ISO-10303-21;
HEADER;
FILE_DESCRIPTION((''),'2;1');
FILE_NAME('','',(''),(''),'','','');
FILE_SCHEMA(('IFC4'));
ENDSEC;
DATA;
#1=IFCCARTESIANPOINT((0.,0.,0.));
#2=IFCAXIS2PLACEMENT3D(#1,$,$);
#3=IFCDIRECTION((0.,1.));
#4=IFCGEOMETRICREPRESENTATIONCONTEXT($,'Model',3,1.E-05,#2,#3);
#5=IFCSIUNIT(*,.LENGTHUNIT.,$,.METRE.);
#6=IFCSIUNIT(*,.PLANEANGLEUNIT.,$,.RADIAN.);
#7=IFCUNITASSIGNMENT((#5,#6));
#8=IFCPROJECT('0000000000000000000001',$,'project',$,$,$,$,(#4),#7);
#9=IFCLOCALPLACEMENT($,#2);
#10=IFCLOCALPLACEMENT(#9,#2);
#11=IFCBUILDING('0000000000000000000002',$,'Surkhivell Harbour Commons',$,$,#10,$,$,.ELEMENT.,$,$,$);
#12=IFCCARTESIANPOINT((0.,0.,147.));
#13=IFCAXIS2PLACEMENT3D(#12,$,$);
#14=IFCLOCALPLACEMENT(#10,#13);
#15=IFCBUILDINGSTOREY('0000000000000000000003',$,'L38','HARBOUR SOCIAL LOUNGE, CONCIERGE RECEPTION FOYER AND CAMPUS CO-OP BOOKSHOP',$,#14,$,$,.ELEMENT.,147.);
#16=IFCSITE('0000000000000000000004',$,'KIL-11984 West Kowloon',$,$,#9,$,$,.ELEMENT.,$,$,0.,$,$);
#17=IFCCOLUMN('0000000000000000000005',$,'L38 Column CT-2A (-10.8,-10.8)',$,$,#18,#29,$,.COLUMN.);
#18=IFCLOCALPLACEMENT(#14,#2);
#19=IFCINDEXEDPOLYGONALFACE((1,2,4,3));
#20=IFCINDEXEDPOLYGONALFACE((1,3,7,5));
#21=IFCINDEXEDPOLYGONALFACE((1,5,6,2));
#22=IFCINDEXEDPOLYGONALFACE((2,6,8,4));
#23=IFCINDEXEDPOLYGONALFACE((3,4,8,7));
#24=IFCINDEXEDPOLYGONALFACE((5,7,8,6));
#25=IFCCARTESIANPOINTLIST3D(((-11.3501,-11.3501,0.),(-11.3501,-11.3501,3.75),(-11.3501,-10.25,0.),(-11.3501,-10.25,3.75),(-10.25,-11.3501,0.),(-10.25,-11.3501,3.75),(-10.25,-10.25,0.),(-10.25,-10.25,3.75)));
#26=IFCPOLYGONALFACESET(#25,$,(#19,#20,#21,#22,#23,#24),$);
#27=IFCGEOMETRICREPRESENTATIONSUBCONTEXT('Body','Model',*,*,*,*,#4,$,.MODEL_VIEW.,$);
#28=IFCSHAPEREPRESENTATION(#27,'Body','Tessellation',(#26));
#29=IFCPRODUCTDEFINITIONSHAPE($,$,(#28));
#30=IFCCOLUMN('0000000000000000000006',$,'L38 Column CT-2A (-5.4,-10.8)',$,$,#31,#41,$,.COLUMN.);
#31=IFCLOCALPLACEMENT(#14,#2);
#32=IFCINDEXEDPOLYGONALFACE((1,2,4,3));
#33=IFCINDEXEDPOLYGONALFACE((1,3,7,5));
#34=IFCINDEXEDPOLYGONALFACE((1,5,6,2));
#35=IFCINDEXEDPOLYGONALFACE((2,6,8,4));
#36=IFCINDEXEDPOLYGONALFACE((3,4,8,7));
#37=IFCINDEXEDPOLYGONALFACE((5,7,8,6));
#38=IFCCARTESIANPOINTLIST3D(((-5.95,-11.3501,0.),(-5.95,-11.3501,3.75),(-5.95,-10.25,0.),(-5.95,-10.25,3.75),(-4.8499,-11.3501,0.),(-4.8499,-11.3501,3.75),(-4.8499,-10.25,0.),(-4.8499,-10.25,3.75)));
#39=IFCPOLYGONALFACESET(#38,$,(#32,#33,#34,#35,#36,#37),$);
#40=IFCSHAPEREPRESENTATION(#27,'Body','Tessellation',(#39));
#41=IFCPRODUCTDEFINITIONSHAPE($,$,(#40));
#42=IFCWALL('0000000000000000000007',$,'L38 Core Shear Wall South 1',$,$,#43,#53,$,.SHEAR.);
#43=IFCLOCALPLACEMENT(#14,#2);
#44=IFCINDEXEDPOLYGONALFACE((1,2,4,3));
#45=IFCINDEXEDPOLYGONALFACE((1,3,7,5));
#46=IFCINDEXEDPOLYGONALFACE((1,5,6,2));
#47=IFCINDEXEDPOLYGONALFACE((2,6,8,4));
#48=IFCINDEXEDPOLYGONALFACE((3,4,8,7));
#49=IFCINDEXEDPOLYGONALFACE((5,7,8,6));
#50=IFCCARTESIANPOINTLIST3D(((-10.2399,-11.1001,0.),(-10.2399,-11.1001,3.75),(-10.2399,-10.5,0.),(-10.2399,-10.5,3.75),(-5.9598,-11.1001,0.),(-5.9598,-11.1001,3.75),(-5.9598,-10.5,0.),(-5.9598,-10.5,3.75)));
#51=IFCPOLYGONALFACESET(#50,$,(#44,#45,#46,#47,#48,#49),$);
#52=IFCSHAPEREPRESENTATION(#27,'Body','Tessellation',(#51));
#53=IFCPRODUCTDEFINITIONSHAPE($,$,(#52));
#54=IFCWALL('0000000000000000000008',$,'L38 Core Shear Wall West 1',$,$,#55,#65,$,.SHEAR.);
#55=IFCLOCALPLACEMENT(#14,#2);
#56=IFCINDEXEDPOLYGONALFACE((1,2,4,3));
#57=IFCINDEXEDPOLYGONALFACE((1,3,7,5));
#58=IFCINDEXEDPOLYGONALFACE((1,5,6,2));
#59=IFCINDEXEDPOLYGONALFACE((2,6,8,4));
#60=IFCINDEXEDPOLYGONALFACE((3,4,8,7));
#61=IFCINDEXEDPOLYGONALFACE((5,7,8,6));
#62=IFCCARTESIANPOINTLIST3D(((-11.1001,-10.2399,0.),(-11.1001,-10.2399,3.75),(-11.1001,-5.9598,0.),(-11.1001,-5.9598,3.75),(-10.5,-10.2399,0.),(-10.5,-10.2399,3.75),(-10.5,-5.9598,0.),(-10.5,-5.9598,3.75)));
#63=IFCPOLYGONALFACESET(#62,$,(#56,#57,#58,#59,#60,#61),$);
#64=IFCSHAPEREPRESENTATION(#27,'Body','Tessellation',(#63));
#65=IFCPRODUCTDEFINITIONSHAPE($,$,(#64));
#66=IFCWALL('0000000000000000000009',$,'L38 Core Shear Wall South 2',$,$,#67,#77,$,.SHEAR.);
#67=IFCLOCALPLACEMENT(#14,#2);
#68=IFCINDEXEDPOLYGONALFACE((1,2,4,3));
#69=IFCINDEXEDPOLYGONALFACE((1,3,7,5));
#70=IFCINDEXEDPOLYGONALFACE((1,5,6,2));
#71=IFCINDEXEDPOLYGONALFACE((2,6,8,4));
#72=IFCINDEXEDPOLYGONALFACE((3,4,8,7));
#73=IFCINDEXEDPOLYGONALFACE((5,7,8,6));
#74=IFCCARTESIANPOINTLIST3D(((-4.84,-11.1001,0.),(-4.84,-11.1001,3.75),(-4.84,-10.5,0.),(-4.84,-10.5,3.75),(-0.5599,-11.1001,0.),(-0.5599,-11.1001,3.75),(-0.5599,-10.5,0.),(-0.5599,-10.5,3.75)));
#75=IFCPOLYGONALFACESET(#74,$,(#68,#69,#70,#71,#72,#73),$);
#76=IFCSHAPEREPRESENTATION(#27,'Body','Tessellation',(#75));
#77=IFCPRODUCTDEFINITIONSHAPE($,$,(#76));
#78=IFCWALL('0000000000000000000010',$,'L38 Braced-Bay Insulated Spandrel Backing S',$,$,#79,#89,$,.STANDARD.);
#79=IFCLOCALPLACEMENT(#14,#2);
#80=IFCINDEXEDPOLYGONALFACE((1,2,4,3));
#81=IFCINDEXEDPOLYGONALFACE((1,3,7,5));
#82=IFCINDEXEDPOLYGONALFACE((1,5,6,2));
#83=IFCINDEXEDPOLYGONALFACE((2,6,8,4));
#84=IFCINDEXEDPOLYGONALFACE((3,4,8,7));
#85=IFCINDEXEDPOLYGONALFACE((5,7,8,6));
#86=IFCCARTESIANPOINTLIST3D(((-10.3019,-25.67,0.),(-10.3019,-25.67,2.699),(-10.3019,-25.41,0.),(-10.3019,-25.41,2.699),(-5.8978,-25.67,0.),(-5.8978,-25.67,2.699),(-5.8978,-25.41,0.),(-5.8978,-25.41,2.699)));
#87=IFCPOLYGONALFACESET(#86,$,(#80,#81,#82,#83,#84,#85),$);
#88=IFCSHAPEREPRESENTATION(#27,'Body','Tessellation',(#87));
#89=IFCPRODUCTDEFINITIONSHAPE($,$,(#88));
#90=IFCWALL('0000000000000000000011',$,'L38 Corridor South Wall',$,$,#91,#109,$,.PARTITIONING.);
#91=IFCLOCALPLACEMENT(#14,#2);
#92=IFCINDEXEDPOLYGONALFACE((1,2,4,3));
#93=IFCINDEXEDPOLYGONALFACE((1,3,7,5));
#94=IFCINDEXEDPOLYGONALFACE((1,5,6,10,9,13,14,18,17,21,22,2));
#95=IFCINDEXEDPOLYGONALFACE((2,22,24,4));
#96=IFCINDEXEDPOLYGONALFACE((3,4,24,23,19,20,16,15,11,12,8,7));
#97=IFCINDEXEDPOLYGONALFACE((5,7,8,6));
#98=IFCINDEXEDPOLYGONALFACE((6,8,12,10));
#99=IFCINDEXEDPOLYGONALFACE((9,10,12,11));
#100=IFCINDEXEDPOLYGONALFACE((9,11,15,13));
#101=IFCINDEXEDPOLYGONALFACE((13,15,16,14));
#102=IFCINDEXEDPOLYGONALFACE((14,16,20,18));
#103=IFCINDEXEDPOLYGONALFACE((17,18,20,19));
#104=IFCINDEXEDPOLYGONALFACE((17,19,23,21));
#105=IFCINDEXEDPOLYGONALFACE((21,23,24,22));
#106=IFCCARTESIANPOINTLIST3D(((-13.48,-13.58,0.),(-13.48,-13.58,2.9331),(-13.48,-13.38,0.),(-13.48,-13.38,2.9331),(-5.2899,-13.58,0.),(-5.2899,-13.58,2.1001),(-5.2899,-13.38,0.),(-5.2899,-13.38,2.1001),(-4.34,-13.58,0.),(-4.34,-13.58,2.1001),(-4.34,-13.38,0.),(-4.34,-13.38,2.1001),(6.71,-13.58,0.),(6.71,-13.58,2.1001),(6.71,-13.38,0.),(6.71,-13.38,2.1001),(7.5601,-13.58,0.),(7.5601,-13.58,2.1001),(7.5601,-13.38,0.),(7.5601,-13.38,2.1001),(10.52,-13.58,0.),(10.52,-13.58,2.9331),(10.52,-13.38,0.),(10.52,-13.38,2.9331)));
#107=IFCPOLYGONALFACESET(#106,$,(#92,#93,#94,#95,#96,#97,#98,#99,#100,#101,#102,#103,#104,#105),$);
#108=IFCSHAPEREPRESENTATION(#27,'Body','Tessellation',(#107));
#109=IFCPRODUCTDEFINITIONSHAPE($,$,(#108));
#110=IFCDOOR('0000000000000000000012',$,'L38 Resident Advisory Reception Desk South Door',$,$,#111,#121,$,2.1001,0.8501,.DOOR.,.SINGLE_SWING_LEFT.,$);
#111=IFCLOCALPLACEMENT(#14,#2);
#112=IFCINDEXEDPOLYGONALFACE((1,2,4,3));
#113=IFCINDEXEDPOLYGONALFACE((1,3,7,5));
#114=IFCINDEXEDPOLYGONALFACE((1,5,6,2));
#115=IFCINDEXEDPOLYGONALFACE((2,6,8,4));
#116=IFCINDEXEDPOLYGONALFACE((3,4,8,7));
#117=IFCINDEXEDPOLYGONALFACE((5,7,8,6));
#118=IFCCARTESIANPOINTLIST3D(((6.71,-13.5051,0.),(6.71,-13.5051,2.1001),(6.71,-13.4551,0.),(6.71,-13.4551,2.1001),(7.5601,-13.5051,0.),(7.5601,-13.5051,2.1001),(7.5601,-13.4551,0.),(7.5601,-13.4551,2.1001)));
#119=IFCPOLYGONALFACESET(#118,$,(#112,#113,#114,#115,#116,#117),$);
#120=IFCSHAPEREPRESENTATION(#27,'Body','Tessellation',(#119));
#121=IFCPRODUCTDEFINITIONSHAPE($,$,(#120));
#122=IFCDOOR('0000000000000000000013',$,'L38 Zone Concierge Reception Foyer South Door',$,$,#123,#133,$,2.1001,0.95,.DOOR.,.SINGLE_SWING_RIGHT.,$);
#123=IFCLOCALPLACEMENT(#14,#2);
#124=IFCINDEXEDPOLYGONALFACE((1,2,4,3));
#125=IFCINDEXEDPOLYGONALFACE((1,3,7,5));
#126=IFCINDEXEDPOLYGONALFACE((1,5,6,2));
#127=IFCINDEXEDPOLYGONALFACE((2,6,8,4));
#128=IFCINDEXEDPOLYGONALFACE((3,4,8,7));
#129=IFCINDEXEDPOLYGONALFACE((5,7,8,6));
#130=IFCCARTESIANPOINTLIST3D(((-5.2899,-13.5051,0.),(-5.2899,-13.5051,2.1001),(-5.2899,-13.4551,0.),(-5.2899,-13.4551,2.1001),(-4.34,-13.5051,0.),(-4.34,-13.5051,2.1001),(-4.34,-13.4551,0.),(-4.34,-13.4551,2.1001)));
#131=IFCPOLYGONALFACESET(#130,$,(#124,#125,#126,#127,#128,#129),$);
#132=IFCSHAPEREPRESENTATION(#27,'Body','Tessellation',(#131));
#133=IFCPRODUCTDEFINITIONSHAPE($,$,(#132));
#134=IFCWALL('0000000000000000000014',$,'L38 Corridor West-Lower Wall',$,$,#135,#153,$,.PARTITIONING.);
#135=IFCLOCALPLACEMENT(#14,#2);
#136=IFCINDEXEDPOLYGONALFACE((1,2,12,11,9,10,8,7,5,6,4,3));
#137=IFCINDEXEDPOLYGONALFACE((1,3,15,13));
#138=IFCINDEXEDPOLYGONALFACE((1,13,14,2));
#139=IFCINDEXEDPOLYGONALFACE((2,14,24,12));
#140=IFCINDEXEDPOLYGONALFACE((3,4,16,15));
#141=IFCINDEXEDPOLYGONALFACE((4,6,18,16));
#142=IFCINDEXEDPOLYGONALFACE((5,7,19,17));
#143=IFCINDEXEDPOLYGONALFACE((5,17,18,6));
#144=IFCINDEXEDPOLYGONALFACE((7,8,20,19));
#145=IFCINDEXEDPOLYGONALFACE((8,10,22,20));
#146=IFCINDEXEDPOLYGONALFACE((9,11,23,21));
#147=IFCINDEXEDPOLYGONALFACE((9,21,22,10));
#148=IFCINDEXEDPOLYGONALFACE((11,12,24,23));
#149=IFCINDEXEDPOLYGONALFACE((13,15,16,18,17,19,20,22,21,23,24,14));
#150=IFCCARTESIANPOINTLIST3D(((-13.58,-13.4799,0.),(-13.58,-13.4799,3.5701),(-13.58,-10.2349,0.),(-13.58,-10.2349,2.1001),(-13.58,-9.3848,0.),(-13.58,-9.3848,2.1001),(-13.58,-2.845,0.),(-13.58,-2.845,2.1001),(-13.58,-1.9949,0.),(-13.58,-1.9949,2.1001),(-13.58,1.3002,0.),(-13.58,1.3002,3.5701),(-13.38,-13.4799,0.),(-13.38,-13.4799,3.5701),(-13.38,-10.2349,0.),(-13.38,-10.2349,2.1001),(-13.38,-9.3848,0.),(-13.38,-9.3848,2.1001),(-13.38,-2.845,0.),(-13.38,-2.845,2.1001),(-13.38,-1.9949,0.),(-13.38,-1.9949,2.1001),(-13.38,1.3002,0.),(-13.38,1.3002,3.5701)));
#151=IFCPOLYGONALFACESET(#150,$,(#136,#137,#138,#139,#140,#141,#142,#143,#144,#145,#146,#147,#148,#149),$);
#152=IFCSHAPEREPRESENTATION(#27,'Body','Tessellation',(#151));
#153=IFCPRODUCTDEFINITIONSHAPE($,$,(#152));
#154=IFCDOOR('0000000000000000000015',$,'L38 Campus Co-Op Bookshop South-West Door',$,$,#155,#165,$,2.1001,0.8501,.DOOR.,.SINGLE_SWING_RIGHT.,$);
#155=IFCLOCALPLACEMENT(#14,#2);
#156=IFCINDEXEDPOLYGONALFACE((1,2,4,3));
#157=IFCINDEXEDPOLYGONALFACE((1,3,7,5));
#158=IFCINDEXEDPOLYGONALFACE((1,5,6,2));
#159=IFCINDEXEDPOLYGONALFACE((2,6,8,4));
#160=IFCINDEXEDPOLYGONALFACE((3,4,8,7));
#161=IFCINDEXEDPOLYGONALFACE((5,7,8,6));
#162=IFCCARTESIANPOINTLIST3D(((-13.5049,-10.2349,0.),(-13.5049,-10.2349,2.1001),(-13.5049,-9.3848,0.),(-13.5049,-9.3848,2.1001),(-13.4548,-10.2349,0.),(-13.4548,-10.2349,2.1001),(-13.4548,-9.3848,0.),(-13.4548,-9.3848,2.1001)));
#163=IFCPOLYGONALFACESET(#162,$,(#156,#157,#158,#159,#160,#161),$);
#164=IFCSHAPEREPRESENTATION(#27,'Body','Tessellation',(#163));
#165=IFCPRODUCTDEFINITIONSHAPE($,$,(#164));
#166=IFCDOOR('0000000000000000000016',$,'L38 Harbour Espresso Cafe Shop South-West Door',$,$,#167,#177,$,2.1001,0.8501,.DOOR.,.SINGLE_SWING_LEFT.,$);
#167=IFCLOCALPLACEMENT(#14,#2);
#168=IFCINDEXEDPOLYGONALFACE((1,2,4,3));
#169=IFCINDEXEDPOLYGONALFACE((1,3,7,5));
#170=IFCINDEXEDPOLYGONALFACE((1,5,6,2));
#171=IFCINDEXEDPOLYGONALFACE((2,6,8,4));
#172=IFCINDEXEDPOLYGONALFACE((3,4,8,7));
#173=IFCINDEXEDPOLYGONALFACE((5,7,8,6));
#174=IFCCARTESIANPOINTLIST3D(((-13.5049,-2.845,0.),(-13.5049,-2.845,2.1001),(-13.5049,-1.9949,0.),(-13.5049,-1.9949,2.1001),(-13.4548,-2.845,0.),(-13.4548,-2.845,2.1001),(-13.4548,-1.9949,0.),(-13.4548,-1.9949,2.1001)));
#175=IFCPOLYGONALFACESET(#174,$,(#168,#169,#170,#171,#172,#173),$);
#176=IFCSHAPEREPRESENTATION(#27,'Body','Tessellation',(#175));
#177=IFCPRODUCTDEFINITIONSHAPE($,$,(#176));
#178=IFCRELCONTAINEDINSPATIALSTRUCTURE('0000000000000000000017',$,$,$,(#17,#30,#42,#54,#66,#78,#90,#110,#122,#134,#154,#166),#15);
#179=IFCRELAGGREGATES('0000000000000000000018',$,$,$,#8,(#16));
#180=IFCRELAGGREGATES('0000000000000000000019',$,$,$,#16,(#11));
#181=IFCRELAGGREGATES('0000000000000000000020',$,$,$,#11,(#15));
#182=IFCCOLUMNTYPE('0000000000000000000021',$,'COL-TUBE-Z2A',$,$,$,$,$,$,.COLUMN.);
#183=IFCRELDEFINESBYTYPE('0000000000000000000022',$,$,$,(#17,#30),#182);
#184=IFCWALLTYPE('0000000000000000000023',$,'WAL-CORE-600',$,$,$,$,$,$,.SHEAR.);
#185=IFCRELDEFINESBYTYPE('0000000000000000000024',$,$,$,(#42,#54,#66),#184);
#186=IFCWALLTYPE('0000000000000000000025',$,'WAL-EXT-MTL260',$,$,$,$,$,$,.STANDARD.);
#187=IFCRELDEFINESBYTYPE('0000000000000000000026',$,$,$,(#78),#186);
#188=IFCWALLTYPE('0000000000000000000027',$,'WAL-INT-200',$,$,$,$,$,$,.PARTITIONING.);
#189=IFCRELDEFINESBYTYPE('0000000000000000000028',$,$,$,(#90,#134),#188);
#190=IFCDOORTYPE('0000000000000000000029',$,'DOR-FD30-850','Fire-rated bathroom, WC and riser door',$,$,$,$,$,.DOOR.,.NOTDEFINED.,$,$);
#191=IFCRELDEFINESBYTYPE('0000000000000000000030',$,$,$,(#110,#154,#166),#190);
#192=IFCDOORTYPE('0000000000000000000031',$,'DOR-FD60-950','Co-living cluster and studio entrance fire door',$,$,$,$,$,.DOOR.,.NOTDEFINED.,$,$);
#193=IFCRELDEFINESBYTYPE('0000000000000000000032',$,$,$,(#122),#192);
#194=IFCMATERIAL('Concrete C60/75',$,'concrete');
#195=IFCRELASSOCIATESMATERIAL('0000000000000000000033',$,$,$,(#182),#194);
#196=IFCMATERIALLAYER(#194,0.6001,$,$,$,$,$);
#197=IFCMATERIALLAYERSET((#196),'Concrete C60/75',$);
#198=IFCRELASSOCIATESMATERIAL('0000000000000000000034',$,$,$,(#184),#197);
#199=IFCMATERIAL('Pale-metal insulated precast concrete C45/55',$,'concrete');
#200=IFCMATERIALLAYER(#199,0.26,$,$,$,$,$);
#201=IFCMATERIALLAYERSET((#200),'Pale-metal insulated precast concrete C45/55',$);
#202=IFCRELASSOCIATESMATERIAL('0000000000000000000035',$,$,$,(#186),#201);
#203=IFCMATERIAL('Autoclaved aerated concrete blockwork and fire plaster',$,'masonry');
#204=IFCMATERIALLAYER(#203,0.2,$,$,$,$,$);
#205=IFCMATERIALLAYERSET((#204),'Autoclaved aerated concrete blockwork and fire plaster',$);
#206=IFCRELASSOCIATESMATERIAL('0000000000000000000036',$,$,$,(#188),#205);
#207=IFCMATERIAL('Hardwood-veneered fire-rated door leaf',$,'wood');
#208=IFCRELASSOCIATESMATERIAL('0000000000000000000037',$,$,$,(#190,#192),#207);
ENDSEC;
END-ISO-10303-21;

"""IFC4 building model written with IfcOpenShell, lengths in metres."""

from ifc_helpers import new_model, si_unit, direction, frame, frame_2d, origin, origin_2d, place, context, subcontext, project, spatial, rectangle, extrude, material, layer, layer_set, material_profile, profile_set, type_object, element, fill, save


model = new_model("IFC4")

# Units and contexts
model_context = context("Model", 3, precision=1e-05, world=origin(), true_north=direction((0.0, 1.0)))
body_context = subcontext(model_context, "Body", "Model", "MODEL_VIEW")
ifc_project = project(units=[si_unit("LENGTHUNIT", "METRE"), si_unit("PLANEANGLEUNIT", "RADIAN")], contexts=[model_context])

# Site, building, storey
site_placement = place(None, origin())
site = spatial("IfcSite", under=ifc_project, at=site_placement, Name="KIL-11984 West Kowloon", CompositionType="ELEMENT", RefElevation=0.0)
building_placement = place(site_placement, origin())
building = spatial("IfcBuilding", under=site, at=building_placement, Name="Surkhivell Harbour Commons", CompositionType="ELEMENT")
storey_placement = place(building_placement, frame((0.0, 0.0, 147.0)))
storey = spatial("IfcBuildingStorey", under=building, at=storey_placement, Name="L38", Description="HARBOUR SOCIAL LOUNGE, CONCIERGE RECEPTION FOYER AND CAMPUS CO-OP BOOKSHOP", CompositionType="ELEMENT", Elevation=147.0)

# Columns
ifc_material_1 = material(Name="Concrete C60/75", Category="concrete")
ifc_material_profile = material_profile(ifc_material_1, rectangle(XDim=1.1001, YDim=1.1001, at=origin_2d()), Name="RC-COL-1100x1100")
ifc_profile_set = profile_set([ifc_material_profile], Name="Concrete C60/75")
column_type = type_object("IfcColumnType", Name="COL-TUBE-Z2A", PredefinedType="COLUMN", material=ifc_profile_set)
for number, where, z_axis, x_axis, name in (
    (1, (-10.8, -10.8, 0.0), (0.0, 0.0, 1.0), (1.0, 0.0, 0.0), "L38 Column CT-2A (-10.8,-10.8)"),
    (2, (-5.3999, -10.8, 0.0), (0.0, 0.0, 1.0), (1.0, 0.0, 0.0), "L38 Column CT-2A (-5.4,-10.8)"),
):
    element("IfcColumn", number, at=place(storey_placement, frame(where, z_axis=z_axis, x_axis=x_axis)), inside=storey, type_object=column_type, Name=name, PredefinedType="COLUMN", context=body_context, shape_type="SweptSolid", body=[
        extrude(rectangle(XDim=1.1001, YDim=1.1001, at=origin_2d()), origin(), (0.0, 0.0, 1.0), 3.75),
    ])

# Walls
ifc_layer_1 = layer(ifc_material_1, 0.6001)
ifc_layer_set_1 = layer_set([ifc_layer_1], Name="Concrete C60/75")
wall_type_1 = type_object("IfcWallType", Name="WAL-CORE-600", PredefinedType="SHEAR", material=ifc_layer_set_1)
for number, where, z_axis, x_axis, name in (
    (3, (-10.24, -10.8, 0.0), (0.0, 0.0, 1.0), (1.0, 0.0, 0.0), "L38 Core Shear Wall South 1"),
    (4, (-10.8, -10.24, 0.0), (0.0, 0.0, 1.0), (0.0, 1.0, 0.0), "L38 Core Shear Wall West 1"),
    (5, (-4.8401, -10.8, 0.0), (0.0, 0.0, 1.0), (1.0, 0.0, 0.0), "L38 Core Shear Wall South 2"),
):
    element("IfcWall", number, at=place(storey_placement, frame(where, z_axis=z_axis, x_axis=x_axis)), inside=storey, type_object=wall_type_1, Name=name, PredefinedType="SHEAR", context=body_context, shape_type="SweptSolid", body=[
        extrude(rectangle(XDim=4.28, YDim=0.6001, at=frame_2d((2.1401, 0.0))), origin(), (0.0, 0.0, 1.0), 3.75),
    ])
ifc_material_2 = material(Name="Pale-metal insulated precast concrete C45/55", Category="concrete")
ifc_layer_2 = layer(ifc_material_2, 0.26)
ifc_layer_set_2 = layer_set([ifc_layer_2], Name="Pale-metal insulated precast concrete C45/55")
wall_type_2 = type_object("IfcWallType", Name="WAL-EXT-MTL260", PredefinedType="STANDARD", material=ifc_layer_set_2)
wall_1_placement = place(storey_placement, frame((-10.302, -25.54, 0.0), z_axis=(0.0, 0.0, 1.0), x_axis=(1.0, 0.0, 0.0)))
element("IfcWall", 6, at=wall_1_placement, inside=storey, type_object=wall_type_2, Name="L38 Braced-Bay Insulated Spandrel Backing S", PredefinedType="STANDARD", context=body_context, shape_type="SweptSolid", body=[
    extrude(rectangle(XDim=4.4041, YDim=0.26, at=frame_2d((2.2021, 0.0))), origin(), (0.0, 0.0, 1.0), 2.699),
])

# Walls, openings, doors
ifc_material_3 = material(Name="Autoclaved aerated concrete blockwork and fire plaster", Category="masonry")
ifc_layer_3 = layer(ifc_material_3, 0.2)
ifc_layer_set_3 = layer_set([ifc_layer_3], Name="Autoclaved aerated concrete blockwork and fire plaster")
wall_type_3 = type_object("IfcWallType", Name="WAL-INT-200", PredefinedType="PARTITIONING", material=ifc_layer_set_3)
wall_2_placement = place(storey_placement, frame((-13.48, -13.48, 0.0), z_axis=(0.0, 0.0, 1.0), x_axis=(1.0, 0.0, 0.0)))
wall_2 = element("IfcWall", 7, at=wall_2_placement, inside=storey, type_object=wall_type_3, Name="L38 Corridor South Wall", PredefinedType="PARTITIONING", context=body_context, shape_type="SweptSolid", body=[
    extrude(rectangle(XDim=24.0, YDim=0.2, at=frame_2d((12.0, 0.0))), origin(), (0.0, 0.0, 1.0), 2.9331),
])
opening_1_placement = place(wall_2_placement, frame((8.1899, 0.0, 0.0)))
opening_1 = element("IfcOpeningElement", 8, at=opening_1_placement, cuts=wall_2, PredefinedType="OPENING", context=body_context, shape_type="SweptSolid", body=[
    extrude(rectangle(XDim=0.95, YDim=2.1001, at=frame_2d((0.4751, 1.05))), frame((0.0, 0.1099, 0.0), z_axis=(0.0, -1.0, 0.0), x_axis=(1.0, 0.0, 0.0)), (0.0, 0.0, 1.0), 0.22),
])
opening_2_placement = place(wall_2_placement, frame((20.1899, 0.0, 0.0)))
opening_2 = element("IfcOpeningElement", 9, at=opening_2_placement, cuts=wall_2, PredefinedType="OPENING", context=body_context, shape_type="SweptSolid", body=[
    extrude(rectangle(XDim=0.8501, YDim=2.1001, at=frame_2d((0.425, 1.05))), frame((0.0, 0.1099, 0.0), z_axis=(0.0, -1.0, 0.0), x_axis=(1.0, 0.0, 0.0)), (0.0, 0.0, 1.0), 0.22),
])
ifc_material_4 = material(Name="Hardwood-veneered fire-rated door leaf", Category="wood")
door_type_1 = type_object("IfcDoorType", Name="DOR-FD30-850", Description="Fire-rated bathroom, WC and riser door", OperationType="NOTDEFINED", PredefinedType="DOOR", material=ifc_material_4)
door_1_placement = place(opening_2_placement, origin())
door_1 = element("IfcDoor", 10, at=door_1_placement, inside=storey, type_object=door_type_1, Name="L38 Resident Advisory Reception Desk South Door", OperationType="SINGLE_SWING_LEFT", OverallHeight=2.1001, OverallWidth=0.8501, PredefinedType="DOOR", context=body_context, shape_type="SweptSolid", body=[
    extrude(rectangle(XDim=0.8501, YDim=2.1001, at=frame_2d((0.425, 1.05))), frame((0.0, 0.0249, 0.0), z_axis=(0.0, -1.0, 0.0), x_axis=(1.0, 0.0, 0.0)), (0.0, 0.0, 1.0), 0.05),
])
fill(opening_2, door_1)
door_type_2 = type_object("IfcDoorType", Name="DOR-FD60-950", Description="Co-living cluster and studio entrance fire door", OperationType="NOTDEFINED", PredefinedType="DOOR", material=ifc_material_4)
door_2_placement = place(opening_1_placement, origin())
door_2 = element("IfcDoor", 11, at=door_2_placement, inside=storey, type_object=door_type_2, Name="L38 Zone Concierge Reception Foyer South Door", OperationType="SINGLE_SWING_RIGHT", OverallHeight=2.1001, OverallWidth=0.95, PredefinedType="DOOR", context=body_context, shape_type="SweptSolid", body=[
    extrude(rectangle(XDim=0.95, YDim=2.1001, at=frame_2d((0.4751, 1.05))), frame((0.0, 0.0249, 0.0), z_axis=(0.0, -1.0, 0.0), x_axis=(1.0, 0.0, 0.0)), (0.0, 0.0, 1.0), 0.05),
])
fill(opening_1, door_2)
wall_3_placement = place(storey_placement, frame((-13.48, -13.48, 0.0), z_axis=(0.0, 0.0, 1.0), x_axis=(0.0, 1.0, 0.0)))
wall_3 = element("IfcWall", 12, at=wall_3_placement, inside=storey, type_object=wall_type_3, Name="L38 Corridor West-Lower Wall", PredefinedType="PARTITIONING", context=body_context, shape_type="SweptSolid", body=[
    extrude(rectangle(XDim=14.78, YDim=0.2, at=frame_2d((7.3901, 0.0))), origin(), (0.0, 0.0, 1.0), 3.5701),
])
opening_3_placement = place(wall_3_placement, frame((3.2451, 0.0, 0.0)))
opening_3 = element("IfcOpeningElement", 13, at=opening_3_placement, cuts=wall_3, PredefinedType="OPENING", context=body_context, shape_type="SweptSolid", body=[
    extrude(rectangle(XDim=0.8501, YDim=2.1001, at=frame_2d((0.425, 1.05))), frame((0.0, 0.1099, 0.0), z_axis=(0.0, -1.0, 0.0), x_axis=(1.0, 0.0, 0.0)), (0.0, 0.0, 1.0), 0.22),
])
opening_4_placement = place(wall_3_placement, frame((10.635, 0.0, 0.0)))
opening_4 = element("IfcOpeningElement", 14, at=opening_4_placement, cuts=wall_3, PredefinedType="OPENING", context=body_context, shape_type="SweptSolid", body=[
    extrude(rectangle(XDim=0.8501, YDim=2.1001, at=frame_2d((0.425, 1.05))), frame((0.0, 0.1099, 0.0), z_axis=(0.0, -1.0, 0.0), x_axis=(1.0, 0.0, 0.0)), (0.0, 0.0, 1.0), 0.22),
])
door_3_placement = place(opening_3_placement, origin())
door_3 = element("IfcDoor", 15, at=door_3_placement, inside=storey, type_object=door_type_1, Name="L38 Campus Co-Op Bookshop South-West Door", OperationType="SINGLE_SWING_RIGHT", OverallHeight=2.1001, OverallWidth=0.8501, PredefinedType="DOOR", context=body_context, shape_type="SweptSolid", body=[
    extrude(rectangle(XDim=0.8501, YDim=2.1001, at=frame_2d((0.425, 1.05))), frame((0.0, 0.0249, 0.0), z_axis=(0.0, -1.0, 0.0), x_axis=(1.0, 0.0, 0.0)), (0.0, 0.0, 1.0), 0.05),
])
fill(opening_3, door_3)
door_4_placement = place(opening_4_placement, origin())
door_4 = element("IfcDoor", 16, at=door_4_placement, inside=storey, type_object=door_type_1, Name="L38 Harbour Espresso Cafe Shop South-West Door", OperationType="SINGLE_SWING_LEFT", OverallHeight=2.1001, OverallWidth=0.8501, PredefinedType="DOOR", context=body_context, shape_type="SweptSolid", body=[
    extrude(rectangle(XDim=0.8501, YDim=2.1001, at=frame_2d((0.425, 1.05))), frame((0.0, 0.0249, 0.0), z_axis=(0.0, -1.0, 0.0), x_axis=(1.0, 0.0, 0.0)), (0.0, 0.0, 1.0), 0.05),
])
fill(opening_4, door_4)

save(model, "model.ifc")
